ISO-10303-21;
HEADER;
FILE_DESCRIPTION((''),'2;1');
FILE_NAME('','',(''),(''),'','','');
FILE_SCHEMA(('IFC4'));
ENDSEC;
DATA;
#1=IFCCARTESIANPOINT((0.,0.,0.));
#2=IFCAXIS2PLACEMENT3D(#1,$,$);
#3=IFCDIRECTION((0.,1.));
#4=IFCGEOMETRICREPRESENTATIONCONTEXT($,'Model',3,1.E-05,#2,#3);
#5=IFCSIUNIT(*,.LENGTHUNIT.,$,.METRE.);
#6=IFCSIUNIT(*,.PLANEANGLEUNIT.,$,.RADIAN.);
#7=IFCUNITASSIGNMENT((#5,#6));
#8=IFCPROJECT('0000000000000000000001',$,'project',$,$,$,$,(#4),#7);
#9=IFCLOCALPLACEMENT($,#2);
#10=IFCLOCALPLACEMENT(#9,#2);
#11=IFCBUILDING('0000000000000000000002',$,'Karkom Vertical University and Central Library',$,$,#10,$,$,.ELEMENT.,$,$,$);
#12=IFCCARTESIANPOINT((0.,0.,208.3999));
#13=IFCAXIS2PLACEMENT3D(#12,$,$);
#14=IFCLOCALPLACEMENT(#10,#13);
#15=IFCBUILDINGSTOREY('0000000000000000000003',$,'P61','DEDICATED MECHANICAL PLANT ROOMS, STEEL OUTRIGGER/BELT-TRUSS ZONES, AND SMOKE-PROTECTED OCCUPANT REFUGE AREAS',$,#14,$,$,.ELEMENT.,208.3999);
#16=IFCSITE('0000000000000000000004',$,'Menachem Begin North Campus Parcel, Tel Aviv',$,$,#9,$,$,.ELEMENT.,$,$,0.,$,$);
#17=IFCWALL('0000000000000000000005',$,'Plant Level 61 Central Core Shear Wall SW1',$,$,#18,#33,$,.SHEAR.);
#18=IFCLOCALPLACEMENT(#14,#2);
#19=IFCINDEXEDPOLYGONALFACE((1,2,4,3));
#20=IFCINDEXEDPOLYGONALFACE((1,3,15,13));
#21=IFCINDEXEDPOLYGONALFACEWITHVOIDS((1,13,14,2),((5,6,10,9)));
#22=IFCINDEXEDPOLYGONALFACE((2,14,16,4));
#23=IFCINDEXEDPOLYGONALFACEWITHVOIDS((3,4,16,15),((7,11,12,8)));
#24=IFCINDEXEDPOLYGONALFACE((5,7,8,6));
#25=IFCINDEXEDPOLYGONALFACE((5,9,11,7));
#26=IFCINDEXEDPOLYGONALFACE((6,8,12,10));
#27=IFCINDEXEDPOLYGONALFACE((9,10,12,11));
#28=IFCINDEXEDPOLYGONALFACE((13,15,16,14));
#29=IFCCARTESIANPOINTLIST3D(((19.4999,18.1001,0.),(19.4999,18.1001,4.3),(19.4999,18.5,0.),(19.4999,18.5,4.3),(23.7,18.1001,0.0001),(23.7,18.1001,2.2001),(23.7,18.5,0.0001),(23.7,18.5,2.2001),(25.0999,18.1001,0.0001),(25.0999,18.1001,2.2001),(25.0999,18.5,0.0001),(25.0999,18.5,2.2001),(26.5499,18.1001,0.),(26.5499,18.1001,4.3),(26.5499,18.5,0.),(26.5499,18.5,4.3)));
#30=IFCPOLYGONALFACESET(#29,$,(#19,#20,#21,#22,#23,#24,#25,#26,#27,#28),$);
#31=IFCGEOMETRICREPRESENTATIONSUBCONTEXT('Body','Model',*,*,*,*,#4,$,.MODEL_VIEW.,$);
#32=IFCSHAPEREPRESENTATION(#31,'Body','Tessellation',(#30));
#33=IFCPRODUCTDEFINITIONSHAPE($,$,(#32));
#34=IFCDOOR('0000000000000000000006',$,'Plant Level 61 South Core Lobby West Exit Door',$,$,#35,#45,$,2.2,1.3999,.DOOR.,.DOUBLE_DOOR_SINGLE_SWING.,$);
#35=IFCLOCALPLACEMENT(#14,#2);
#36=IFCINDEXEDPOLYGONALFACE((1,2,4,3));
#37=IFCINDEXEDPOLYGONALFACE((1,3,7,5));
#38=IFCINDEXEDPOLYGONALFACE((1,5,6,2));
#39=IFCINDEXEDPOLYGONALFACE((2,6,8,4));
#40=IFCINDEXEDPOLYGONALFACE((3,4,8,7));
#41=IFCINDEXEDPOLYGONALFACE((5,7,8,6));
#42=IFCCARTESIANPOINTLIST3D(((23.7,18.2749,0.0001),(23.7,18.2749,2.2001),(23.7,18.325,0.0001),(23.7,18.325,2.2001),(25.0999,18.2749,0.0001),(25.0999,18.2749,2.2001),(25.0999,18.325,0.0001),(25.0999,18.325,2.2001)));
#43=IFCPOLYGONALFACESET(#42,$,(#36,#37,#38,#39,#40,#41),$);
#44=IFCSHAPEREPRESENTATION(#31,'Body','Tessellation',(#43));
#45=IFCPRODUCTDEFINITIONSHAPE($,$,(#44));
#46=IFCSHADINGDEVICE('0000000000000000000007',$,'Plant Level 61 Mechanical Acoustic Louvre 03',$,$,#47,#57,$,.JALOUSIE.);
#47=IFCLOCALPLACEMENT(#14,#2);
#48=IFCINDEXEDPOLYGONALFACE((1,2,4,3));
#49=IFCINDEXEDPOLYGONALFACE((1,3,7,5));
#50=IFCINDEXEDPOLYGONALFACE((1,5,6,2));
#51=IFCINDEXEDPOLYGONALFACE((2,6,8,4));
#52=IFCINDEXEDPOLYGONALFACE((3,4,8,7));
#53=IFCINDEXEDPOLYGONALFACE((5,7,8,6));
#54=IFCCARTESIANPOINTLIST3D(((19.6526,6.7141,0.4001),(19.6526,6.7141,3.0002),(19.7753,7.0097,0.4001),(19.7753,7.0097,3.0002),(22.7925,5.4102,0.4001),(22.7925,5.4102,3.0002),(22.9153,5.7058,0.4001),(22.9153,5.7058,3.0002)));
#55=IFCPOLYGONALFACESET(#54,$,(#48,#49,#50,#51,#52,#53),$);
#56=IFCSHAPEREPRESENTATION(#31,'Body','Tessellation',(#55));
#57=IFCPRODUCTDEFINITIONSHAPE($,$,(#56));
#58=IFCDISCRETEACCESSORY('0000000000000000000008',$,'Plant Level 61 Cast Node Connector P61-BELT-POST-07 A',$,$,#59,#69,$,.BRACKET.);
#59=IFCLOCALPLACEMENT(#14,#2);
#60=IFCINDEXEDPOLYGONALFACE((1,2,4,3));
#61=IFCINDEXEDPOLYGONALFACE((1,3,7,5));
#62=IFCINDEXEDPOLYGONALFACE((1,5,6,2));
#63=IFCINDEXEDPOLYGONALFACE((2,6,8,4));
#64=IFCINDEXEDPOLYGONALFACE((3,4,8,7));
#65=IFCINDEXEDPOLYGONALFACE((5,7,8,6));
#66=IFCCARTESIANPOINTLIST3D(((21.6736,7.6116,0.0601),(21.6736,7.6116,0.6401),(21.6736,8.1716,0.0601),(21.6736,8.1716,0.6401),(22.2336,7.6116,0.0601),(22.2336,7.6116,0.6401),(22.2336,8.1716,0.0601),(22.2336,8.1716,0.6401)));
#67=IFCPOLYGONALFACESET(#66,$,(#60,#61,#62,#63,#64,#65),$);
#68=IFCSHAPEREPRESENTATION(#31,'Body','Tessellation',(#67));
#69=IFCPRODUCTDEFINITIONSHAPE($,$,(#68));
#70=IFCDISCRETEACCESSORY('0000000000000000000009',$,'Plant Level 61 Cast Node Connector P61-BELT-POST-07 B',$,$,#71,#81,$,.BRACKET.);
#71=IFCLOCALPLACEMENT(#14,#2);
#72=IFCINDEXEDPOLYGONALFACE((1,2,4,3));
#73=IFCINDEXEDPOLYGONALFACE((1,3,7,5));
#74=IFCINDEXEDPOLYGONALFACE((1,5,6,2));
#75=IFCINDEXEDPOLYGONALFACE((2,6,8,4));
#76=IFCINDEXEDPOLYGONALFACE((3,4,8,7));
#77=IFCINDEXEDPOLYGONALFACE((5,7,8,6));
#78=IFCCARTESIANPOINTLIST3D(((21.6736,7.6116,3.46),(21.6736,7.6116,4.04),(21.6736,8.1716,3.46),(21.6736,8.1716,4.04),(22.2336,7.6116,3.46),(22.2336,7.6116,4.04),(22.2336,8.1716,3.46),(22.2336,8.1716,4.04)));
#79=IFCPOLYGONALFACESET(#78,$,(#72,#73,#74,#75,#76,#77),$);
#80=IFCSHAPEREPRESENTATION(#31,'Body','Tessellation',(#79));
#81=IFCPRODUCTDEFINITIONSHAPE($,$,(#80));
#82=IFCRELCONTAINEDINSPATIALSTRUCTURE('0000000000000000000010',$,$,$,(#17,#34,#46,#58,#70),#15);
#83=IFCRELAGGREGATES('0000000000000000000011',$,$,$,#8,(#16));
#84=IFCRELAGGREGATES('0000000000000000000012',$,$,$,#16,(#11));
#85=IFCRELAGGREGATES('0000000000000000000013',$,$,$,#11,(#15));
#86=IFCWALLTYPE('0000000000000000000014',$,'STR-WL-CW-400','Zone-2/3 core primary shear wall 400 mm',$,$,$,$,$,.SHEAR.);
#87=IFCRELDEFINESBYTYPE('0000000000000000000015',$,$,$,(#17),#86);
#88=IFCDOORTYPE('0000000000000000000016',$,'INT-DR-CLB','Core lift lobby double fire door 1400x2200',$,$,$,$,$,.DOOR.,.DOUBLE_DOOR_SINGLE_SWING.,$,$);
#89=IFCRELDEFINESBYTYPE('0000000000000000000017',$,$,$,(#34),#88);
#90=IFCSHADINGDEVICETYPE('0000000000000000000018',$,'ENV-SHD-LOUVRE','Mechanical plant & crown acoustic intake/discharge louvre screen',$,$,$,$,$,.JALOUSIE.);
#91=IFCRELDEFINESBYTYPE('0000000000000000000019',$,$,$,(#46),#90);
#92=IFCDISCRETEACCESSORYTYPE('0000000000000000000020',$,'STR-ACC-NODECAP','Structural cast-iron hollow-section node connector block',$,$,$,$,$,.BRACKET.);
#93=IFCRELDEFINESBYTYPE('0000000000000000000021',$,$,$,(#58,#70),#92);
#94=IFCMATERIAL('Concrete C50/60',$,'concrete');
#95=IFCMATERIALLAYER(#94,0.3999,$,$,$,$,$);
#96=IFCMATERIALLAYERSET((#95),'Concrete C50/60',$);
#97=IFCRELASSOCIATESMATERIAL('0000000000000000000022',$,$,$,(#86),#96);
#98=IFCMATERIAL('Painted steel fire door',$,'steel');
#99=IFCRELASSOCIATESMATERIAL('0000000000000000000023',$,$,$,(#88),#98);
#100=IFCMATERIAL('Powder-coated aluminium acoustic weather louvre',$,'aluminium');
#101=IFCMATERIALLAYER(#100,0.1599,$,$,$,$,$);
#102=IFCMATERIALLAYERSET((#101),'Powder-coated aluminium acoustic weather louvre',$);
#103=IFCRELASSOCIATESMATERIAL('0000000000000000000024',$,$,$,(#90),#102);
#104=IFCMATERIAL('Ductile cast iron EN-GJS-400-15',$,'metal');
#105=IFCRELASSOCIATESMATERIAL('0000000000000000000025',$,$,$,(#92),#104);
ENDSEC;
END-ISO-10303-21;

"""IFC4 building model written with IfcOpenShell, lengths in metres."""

from ifc_helpers import new_model, si_unit, direction, frame, frame_2d, origin, origin_with_axes, origin_2d, place, context, subcontext, project, spatial, rectangle, extrude, source, transform, mapped, material, layer, layer_set, type_object, element, fill, save


model = new_model("IFC4")

# Units and contexts
model_context = context("Model", 3, precision=1e-05, world=origin(), true_north=direction((0.0, 1.0)))
body_context = subcontext(model_context, "Body", "Model", "MODEL_VIEW")
ifc_project = project(units=[si_unit("LENGTHUNIT", "METRE"), si_unit("PLANEANGLEUNIT", "RADIAN")], contexts=[model_context])

# Site, building, storey
site_placement = place(None, origin())
site = spatial("IfcSite", under=ifc_project, at=site_placement, Name="Menachem Begin North Campus Parcel, Tel Aviv", CompositionType="ELEMENT", RefElevation=0.0)
building_placement = place(site_placement, origin())
building = spatial("IfcBuilding", under=site, at=building_placement, Name="Karkom Vertical University and Central Library", CompositionType="ELEMENT")
storey_placement = place(building_placement, frame((0.0, 0.0, 208.3999)))
storey = spatial("IfcBuildingStorey", under=building, at=storey_placement, Name="P61", Description="DEDICATED MECHANICAL PLANT ROOMS, STEEL OUTRIGGER/BELT-TRUSS ZONES, AND SMOKE-PROTECTED OCCUPANT REFUGE AREAS", CompositionType="ELEMENT", Elevation=208.3999)

# Shared definitions
ifc_material_1 = material(Name="Concrete C50/60", Category="concrete")

# Wall, opening, door
ifc_layer_1 = layer(ifc_material_1, 0.3999)
ifc_layer_set_1 = layer_set([ifc_layer_1], Name="Concrete C50/60")
wall_type_1 = type_object("IfcWallType", Name="STR-WL-CW-400", Description="Zone-2/3 core primary shear wall 400 mm", PredefinedType="SHEAR", material=ifc_layer_set_1)
wall_1_placement = place(storey_placement, frame((19.5, 18.3, 0.0), z_axis=(0.0, 0.0, 1.0), x_axis=(1.0, 0.0, 0.0)))
wall_1 = element("IfcWall", 1, at=wall_1_placement, inside=storey, type_object=wall_type_1, Name="Plant Level 61 Central Core Shear Wall SW1", PredefinedType="SHEAR", context=body_context, shape_type="SweptSolid", body=[
    extrude(rectangle(XDim=7.05, YDim=0.3999, at=frame_2d((3.5249, 0.0))), origin(), (0.0, 0.0, 1.0), 4.3),
])
opening_placement = place(wall_1_placement, frame((4.2, 0.0, 0.0)))
opening = element("IfcOpeningElement", 2, at=opening_placement, cuts=wall_1, PredefinedType="OPENING", context=body_context, shape_type="SweptSolid", body=[
    extrude(rectangle(XDim=1.3999, YDim=2.2, at=frame_2d((0.7, 1.1001))), frame((0.0, 0.21, 0.0), z_axis=(0.0, -1.0, 0.0), x_axis=(1.0, 0.0, 0.0)), (0.0, 0.0, 1.0), 0.4199),
])
ifc_material_2 = material(Name="Painted steel fire door", Category="steel")
door_type = type_object("IfcDoorType", Name="INT-DR-CLB", Description="Core lift lobby double fire door 1400x2200", OperationType="DOUBLE_DOOR_SINGLE_SWING", PredefinedType="DOOR", material=ifc_material_2)
shared_shape_1 = source(origin_with_axes(), body_context, "Body", "SweptSolid", [
    extrude(rectangle(XDim=1.3999, YDim=2.2, at=frame_2d((0.7, 1.1001))), frame((0.0, 0.0249, 0.0), z_axis=(0.0, -1.0, 0.0), x_axis=(1.0, 0.0, 0.0)), (0.0, 0.0, 1.0), 0.05),
])
door_placement = place(opening_placement, origin())
door = element("IfcDoor", 3, at=door_placement, inside=storey, type_object=door_type, Name="Plant Level 61 South Core Lobby West Exit Door", OperationType="DOUBLE_DOOR_SINGLE_SWING", OverallHeight=2.2, OverallWidth=1.3999, PredefinedType="DOOR", context=body_context, shape_type="MappedRepresentation", body=[
    mapped(shared_shape_1, transform((0.0, 0.0, 0.0), scale=1.0)),
])
fill(opening, door)

# Shading device
ifc_material_3 = material(Name="Powder-coated aluminium acoustic weather louvre", Category="aluminium")
ifc_layer_2 = layer(ifc_material_3, 0.1599)
ifc_layer_set_2 = layer_set([ifc_layer_2], Name="Powder-coated aluminium acoustic weather louvre")
shading_device_type = type_object("IfcShadingDeviceType", Name="ENV-SHD-LOUVRE", Description="Mechanical plant & crown acoustic intake/discharge louvre screen", PredefinedType="JALOUSIE", material=ifc_layer_set_2)
shared_shape_2 = source(origin_with_axes(), body_context, "Body", "SweptSolid", [
    extrude(rectangle(XDim=3.3999, YDim=0.3201, at=origin_2d()), origin(), (0.0, 0.0, 1.0), 2.6001),
])
shading_device_placement = place(storey_placement, frame((21.2839, 6.21, 0.4001), z_axis=(0.0, 0.0, 1.0), x_axis=(0.923545, -0.38349, 0.0)))
element("IfcShadingDevice", 4, at=shading_device_placement, inside=storey, type_object=shading_device_type, Name="Plant Level 61 Mechanical Acoustic Louvre 03", PredefinedType="JALOUSIE", context=body_context, shape_type="MappedRepresentation", body=[
    mapped(shared_shape_2, transform((0.0, 0.0, 0.0), scale=1.0)),
])

# Discrete accessories
ifc_material_4 = material(Name="Ductile cast iron EN-GJS-400-15", Category="metal")
discrete_accessory_type = type_object("IfcDiscreteAccessoryType", Name="STR-ACC-NODECAP", Description="Structural cast-iron hollow-section node connector block", PredefinedType="BRACKET", material=ifc_material_4)
shared_shape_3 = source(origin_with_axes(), body_context, "Body", "SweptSolid", [
    extrude(rectangle(XDim=0.5601, YDim=0.5601, at=origin_2d()), origin(), (0.0, 0.0, 1.0), 0.5801),
])
for number, where, z_axis, x_axis, name in (
    (5, (21.9536, 7.8916, 0.0601), (0.0, 0.0, 1.0), (1.0, 0.0, 0.0), "Plant Level 61 Cast Node Connector P61-BELT-POST-07 A"),
    (6, (21.9536, 7.8916, 3.46), (0.0, 0.0, 1.0), (1.0, 0.0, 0.0), "Plant Level 61 Cast Node Connector P61-BELT-POST-07 B"),
):
    element("IfcDiscreteAccessory", number, at=place(storey_placement, frame(where, z_axis=z_axis, x_axis=x_axis)), inside=storey, type_object=discrete_accessory_type, Name=name, PredefinedType="BRACKET", context=body_context, shape_type="MappedRepresentation", body=[
        mapped(shared_shape_3, transform((0.0, 0.0, 0.0), scale=1.0)),
    ])

save(model, "model.ifc")
